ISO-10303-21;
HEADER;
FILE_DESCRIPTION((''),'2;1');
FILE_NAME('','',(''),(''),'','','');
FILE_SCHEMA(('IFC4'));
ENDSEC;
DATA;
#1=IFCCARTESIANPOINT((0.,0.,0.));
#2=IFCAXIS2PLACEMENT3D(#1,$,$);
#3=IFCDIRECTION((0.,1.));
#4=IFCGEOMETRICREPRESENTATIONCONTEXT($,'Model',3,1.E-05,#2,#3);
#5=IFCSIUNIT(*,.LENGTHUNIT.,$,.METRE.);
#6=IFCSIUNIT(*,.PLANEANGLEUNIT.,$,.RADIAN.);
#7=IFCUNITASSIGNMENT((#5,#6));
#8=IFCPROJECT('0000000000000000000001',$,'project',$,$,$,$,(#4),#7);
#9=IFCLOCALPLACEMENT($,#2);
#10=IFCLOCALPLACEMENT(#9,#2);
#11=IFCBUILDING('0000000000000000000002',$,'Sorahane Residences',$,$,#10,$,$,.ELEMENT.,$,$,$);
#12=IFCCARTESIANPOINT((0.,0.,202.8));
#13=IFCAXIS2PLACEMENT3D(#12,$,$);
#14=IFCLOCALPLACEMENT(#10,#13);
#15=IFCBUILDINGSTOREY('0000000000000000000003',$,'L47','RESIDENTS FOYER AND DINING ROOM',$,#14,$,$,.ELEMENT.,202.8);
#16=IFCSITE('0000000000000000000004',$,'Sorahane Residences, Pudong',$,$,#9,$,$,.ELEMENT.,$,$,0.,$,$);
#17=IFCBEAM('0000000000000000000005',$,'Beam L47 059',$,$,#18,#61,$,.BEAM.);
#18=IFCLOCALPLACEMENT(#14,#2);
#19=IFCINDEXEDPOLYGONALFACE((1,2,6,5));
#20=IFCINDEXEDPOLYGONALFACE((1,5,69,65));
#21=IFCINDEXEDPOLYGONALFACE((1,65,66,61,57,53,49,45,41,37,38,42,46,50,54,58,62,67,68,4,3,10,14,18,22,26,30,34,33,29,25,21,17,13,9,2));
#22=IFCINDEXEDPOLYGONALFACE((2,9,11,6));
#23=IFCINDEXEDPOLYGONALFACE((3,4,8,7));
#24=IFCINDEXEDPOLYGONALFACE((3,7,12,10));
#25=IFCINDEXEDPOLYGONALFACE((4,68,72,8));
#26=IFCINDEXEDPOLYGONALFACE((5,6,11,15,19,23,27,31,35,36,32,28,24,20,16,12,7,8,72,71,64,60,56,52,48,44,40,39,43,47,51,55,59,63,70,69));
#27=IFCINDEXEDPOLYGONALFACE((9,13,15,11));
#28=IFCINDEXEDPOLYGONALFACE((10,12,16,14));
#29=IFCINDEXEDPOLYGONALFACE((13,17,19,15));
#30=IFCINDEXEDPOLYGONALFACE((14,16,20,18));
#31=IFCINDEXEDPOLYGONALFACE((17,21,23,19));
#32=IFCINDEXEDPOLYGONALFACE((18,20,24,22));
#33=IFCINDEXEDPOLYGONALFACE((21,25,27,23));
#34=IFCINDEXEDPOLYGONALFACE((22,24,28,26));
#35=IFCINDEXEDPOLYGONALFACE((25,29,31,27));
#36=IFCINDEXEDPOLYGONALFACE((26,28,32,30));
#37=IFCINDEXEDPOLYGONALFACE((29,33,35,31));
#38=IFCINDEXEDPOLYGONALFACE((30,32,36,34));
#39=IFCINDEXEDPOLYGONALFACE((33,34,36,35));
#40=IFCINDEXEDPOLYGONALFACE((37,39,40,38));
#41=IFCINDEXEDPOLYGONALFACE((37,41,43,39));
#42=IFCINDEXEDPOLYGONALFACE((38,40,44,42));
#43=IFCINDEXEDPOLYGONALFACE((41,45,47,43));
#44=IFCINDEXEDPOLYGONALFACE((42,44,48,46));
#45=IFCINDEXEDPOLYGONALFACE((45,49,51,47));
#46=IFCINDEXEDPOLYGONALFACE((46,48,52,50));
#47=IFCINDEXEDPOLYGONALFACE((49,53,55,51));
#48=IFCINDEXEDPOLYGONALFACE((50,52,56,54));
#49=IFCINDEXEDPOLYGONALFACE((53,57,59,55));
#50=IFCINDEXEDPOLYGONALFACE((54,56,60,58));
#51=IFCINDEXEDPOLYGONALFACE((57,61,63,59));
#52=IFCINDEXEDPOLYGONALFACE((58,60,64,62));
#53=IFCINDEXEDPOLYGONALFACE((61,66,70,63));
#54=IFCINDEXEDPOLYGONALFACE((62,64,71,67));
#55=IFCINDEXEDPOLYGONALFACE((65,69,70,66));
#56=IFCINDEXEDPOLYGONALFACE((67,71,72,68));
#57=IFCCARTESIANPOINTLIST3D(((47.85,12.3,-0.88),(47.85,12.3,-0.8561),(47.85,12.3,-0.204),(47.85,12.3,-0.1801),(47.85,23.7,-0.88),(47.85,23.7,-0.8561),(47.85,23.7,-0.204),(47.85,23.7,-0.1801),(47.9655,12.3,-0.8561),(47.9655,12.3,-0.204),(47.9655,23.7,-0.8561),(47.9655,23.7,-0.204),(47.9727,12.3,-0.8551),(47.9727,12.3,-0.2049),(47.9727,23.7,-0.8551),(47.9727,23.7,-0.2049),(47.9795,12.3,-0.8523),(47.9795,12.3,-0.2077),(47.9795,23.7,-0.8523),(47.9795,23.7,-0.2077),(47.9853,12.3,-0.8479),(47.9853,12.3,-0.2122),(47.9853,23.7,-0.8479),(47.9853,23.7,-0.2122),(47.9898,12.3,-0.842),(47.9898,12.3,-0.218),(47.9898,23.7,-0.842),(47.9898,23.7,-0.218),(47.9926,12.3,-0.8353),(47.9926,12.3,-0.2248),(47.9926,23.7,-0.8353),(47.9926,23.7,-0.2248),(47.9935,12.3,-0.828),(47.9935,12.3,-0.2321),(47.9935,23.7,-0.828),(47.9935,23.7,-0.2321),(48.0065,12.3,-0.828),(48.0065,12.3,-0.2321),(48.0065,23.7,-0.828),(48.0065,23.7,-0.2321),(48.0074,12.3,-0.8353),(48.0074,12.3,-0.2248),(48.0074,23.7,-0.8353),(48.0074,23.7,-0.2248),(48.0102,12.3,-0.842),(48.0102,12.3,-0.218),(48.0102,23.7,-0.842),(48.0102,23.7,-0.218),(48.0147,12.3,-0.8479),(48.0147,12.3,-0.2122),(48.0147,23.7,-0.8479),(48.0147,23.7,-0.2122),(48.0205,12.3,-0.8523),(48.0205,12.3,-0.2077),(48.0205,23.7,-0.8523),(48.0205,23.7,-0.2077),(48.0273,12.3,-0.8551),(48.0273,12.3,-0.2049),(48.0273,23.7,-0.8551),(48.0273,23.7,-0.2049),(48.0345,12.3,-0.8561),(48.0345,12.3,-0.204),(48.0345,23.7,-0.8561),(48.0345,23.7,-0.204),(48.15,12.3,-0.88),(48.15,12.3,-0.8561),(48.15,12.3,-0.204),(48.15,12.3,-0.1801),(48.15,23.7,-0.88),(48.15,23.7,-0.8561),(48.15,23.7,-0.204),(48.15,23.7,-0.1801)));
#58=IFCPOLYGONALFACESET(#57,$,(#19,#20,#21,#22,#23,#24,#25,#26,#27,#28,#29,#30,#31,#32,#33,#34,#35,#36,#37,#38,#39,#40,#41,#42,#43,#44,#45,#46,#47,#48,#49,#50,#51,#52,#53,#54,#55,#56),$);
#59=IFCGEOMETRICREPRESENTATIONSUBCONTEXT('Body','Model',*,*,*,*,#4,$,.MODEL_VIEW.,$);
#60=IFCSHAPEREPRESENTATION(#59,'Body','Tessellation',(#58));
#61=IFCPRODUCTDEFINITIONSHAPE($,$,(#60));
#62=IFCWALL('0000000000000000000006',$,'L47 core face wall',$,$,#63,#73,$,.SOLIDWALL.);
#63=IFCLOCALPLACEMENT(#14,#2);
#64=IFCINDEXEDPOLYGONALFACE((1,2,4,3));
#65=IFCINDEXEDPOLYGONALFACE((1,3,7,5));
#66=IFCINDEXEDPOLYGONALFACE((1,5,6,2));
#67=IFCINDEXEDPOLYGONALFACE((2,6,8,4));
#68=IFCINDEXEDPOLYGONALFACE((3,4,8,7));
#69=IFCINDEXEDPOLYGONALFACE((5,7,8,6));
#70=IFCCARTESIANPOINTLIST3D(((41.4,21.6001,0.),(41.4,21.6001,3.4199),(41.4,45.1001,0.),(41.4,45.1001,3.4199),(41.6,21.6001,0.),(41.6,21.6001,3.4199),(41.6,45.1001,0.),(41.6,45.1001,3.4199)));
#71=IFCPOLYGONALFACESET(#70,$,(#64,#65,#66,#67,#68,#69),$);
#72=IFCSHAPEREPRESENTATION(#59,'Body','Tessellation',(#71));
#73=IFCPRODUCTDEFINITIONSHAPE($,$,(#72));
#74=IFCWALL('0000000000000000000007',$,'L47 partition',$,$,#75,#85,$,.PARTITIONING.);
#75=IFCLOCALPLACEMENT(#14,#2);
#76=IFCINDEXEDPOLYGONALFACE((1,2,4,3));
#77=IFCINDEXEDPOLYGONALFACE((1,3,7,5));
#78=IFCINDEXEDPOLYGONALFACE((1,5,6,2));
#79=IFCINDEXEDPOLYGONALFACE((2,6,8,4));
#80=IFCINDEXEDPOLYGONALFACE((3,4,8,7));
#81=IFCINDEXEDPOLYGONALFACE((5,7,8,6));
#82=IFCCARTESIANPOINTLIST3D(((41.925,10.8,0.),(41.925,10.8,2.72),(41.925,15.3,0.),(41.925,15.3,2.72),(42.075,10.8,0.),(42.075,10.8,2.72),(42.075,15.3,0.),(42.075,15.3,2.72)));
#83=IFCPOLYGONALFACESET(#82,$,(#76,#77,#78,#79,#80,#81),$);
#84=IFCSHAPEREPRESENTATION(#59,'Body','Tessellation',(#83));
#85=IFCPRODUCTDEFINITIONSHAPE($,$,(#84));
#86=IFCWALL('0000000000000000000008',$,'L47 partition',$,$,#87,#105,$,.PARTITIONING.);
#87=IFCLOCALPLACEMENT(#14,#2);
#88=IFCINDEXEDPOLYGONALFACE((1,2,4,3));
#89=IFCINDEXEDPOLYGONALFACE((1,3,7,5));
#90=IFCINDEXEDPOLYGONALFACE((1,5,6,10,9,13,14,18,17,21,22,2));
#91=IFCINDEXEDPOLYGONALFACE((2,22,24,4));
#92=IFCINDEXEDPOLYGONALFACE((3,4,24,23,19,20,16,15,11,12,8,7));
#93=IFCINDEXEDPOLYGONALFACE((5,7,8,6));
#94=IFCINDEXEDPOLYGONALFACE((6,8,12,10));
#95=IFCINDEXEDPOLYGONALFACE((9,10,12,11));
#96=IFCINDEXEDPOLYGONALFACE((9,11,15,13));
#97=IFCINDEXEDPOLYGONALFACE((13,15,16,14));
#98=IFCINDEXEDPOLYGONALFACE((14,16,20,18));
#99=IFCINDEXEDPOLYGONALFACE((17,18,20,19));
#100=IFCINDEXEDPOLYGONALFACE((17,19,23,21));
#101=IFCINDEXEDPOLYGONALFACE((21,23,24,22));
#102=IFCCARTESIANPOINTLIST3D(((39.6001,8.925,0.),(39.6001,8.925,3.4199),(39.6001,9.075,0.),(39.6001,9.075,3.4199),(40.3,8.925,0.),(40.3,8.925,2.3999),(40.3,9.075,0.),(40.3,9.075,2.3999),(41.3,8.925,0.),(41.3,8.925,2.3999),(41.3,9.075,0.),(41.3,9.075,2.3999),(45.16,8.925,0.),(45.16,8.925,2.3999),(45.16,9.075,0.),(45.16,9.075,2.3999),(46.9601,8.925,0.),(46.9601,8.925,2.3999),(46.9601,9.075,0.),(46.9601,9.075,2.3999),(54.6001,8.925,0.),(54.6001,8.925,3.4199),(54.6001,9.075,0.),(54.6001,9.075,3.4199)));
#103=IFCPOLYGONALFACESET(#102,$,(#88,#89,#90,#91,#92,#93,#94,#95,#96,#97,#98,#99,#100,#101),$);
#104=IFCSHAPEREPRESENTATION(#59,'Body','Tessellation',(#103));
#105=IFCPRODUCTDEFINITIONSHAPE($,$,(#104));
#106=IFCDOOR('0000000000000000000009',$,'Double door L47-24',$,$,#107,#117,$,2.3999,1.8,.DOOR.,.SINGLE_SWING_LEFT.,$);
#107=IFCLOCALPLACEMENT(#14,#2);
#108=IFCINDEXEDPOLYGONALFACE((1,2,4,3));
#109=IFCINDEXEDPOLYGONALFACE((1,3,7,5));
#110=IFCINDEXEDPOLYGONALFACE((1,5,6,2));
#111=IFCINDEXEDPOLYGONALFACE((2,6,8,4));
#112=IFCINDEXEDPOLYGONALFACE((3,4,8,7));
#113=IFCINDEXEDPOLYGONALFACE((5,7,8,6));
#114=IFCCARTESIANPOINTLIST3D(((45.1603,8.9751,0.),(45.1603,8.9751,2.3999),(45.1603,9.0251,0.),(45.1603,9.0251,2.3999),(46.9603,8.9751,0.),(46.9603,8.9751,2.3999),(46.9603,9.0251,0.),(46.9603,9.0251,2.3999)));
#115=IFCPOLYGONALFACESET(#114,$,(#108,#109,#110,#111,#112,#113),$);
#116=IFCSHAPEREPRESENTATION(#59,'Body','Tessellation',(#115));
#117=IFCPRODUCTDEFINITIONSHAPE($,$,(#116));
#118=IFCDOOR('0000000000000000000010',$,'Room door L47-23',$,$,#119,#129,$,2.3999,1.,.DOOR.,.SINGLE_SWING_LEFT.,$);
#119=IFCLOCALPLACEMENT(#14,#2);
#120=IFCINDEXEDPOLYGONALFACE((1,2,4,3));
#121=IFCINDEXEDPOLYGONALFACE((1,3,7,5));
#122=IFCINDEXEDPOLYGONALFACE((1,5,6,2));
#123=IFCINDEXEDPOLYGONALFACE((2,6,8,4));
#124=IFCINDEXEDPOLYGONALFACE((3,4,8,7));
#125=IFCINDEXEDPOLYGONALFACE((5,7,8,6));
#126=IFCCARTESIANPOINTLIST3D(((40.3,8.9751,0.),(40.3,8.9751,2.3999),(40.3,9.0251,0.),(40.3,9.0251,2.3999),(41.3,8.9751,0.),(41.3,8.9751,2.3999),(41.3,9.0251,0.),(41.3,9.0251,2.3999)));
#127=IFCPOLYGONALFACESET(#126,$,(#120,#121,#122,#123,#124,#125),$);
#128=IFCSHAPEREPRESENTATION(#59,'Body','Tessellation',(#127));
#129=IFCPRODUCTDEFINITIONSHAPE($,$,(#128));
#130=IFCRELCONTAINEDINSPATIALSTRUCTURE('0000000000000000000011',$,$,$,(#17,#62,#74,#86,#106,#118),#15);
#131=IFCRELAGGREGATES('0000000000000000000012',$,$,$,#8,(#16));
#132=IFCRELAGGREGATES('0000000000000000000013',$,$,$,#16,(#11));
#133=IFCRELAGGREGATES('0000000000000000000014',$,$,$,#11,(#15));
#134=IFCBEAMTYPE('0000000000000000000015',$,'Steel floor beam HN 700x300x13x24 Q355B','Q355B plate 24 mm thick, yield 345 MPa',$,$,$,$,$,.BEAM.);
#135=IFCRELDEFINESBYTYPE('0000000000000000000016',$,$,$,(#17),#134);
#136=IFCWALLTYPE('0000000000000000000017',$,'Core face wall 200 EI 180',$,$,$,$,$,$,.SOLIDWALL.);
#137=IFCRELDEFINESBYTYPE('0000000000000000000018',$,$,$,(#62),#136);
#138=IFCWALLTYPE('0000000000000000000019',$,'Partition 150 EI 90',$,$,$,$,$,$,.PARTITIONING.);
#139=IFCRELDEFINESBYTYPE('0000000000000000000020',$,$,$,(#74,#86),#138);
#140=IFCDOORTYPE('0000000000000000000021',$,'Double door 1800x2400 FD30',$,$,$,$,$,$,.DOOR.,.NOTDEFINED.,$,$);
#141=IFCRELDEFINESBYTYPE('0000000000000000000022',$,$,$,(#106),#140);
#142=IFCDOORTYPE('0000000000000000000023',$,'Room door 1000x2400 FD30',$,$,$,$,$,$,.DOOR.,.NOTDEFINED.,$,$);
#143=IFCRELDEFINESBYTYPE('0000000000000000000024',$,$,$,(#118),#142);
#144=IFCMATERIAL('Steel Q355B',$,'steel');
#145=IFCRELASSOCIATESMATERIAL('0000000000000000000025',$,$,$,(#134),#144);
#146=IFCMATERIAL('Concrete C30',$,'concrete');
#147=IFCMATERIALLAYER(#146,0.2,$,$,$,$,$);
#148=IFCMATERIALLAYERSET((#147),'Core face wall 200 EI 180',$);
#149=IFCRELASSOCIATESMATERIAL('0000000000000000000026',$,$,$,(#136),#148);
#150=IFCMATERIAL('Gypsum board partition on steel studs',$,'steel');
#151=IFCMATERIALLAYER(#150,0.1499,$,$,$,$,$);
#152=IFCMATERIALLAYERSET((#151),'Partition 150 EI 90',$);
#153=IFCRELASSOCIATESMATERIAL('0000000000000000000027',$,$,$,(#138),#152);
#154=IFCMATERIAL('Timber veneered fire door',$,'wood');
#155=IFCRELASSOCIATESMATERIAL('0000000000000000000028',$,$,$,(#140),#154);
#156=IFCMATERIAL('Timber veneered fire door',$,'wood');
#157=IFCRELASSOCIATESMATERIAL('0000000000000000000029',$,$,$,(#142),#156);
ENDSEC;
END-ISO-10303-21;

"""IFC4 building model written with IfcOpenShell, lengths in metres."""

from ifc_helpers import new_model, si_unit, direction, frame, frame_2d, origin, origin_2d, place, context, subcontext, project, spatial, rectangle, i_section, extrude, material, layer, layer_set, material_profile, profile_set, type_object, element, fill, save


model = new_model("IFC4")

# Units and contexts
model_context = context("Model", 3, precision=1e-05, world=origin(), true_north=direction((0.0, 1.0)))
body_context = subcontext(model_context, "Body", "Model", "MODEL_VIEW")
ifc_project = project(units=[si_unit("LENGTHUNIT", "METRE"), si_unit("PLANEANGLEUNIT", "RADIAN")], contexts=[model_context])

# Site, building, storey
site_placement = place(None, origin())
site = spatial("IfcSite", under=ifc_project, at=site_placement, Name="Sorahane Residences, Pudong", CompositionType="ELEMENT", RefElevation=0.0)
building_placement = place(site_placement, origin())
building = spatial("IfcBuilding", under=site, at=building_placement, Name="Sorahane Residences", CompositionType="ELEMENT")
storey_placement = place(building_placement, frame((0.0, 0.0, 202.8)))
storey = spatial("IfcBuildingStorey", under=building, at=storey_placement, Name="L47", Description="RESIDENTS FOYER AND DINING ROOM", CompositionType="ELEMENT", Elevation=202.8)

# Beam
ifc_material_1 = material(Name="Steel Q355B", Category="steel")
ifc_material_profile_1 = material_profile(ifc_material_1, i_section(OverallWidth=0.3, OverallDepth=0.7, WebThickness=0.0129, FlangeThickness=0.0239, FilletRadius=0.0281, at=origin_2d()), Name="HN 700x300x13x24")
ifc_profile_set_1 = profile_set([ifc_material_profile_1], Name="Steel Q355B")
beam_type_1 = type_object("IfcBeamType", Name="Steel floor beam HN 700x300x13x24 Q355B", Description="Q355B plate 24 mm thick, yield 345 MPa", PredefinedType="BEAM", material=ifc_profile_set_1)
beam_1_placement = place(storey_placement, frame((48.0, 12.3, -0.53), z_axis=(0.0, 1.0, 0.0), x_axis=(-1.0, 0.0, 0.0)))
element("IfcBeam", 1, at=beam_1_placement, inside=storey, type_object=beam_type_1, Name="Beam L47 059", PredefinedType="BEAM", context=body_context, shape_type="SweptSolid", body=[
    extrude(i_section(OverallWidth=0.3, OverallDepth=0.7, WebThickness=0.0129, FlangeThickness=0.0239, FilletRadius=0.0281, at=origin_2d()), origin(), (0.0, 0.0, 1.0), 11.3999),
])

# Walls
ifc_material_2 = material(Name="Concrete C30", Category="concrete")
ifc_layer_1 = layer(ifc_material_2, 0.2)
ifc_layer_set_1 = layer_set([ifc_layer_1], Name="Core face wall 200 EI 180")
wall_type_1 = type_object("IfcWallType", Name="Core face wall 200 EI 180", PredefinedType="SOLIDWALL", material=ifc_layer_set_1)
wall_1_placement = place(storey_placement, frame((41.5, 21.6001, 0.0), z_axis=(0.0, 0.0, 1.0), x_axis=(0.0, 1.0, 0.0)))
element("IfcWall", 2, at=wall_1_placement, inside=storey, type_object=wall_type_1, Name="L47 core face wall", PredefinedType="SOLIDWALL", context=body_context, shape_type="SweptSolid", body=[
    extrude(rectangle(XDim=23.5, YDim=0.2, at=frame_2d((11.75, 0.0))), origin(), (0.0, 0.0, 1.0), 3.4199),
])
ifc_material_3 = material(Name="Gypsum board partition on steel studs", Category="steel")
ifc_layer_2 = layer(ifc_material_3, 0.1499)
ifc_layer_set_2 = layer_set([ifc_layer_2], Name="Partition 150 EI 90")
wall_type_2 = type_object("IfcWallType", Name="Partition 150 EI 90", PredefinedType="PARTITIONING", material=ifc_layer_set_2)
wall_2_placement = place(storey_placement, frame((42.0, 10.8, 0.0), z_axis=(0.0, 0.0, 1.0), x_axis=(0.0, 1.0, 0.0)))
element("IfcWall", 3, at=wall_2_placement, inside=storey, type_object=wall_type_2, Name="L47 partition", PredefinedType="PARTITIONING", context=body_context, shape_type="SweptSolid", body=[
    extrude(rectangle(XDim=4.5, YDim=0.1499, at=frame_2d((2.25, 0.0))), origin(), (0.0, 0.0, 1.0), 2.72),
])

# Wall, openings, doors
wall_3_placement = place(storey_placement, frame((39.6001, 9.0, 0.0), z_axis=(0.0, 0.0, 1.0), x_axis=(1.0, 0.0, 0.0)))
wall_3 = element("IfcWall", 4, at=wall_3_placement, inside=storey, type_object=wall_type_2, Name="L47 partition", PredefinedType="PARTITIONING", context=body_context, shape_type="SweptSolid", body=[
    extrude(rectangle(XDim=15.0, YDim=0.1499, at=frame_2d((7.5, 0.0))), origin(), (0.0, 0.0, 1.0), 3.4199),
])
opening_1_placement = place(wall_3_placement, frame((0.7, 0.0, 0.0)))
opening_1 = element("IfcOpeningElement", 5, at=opening_1_placement, cuts=wall_3, PredefinedType="OPENING", context=body_context, shape_type="SweptSolid", body=[
    extrude(rectangle(XDim=1.0, YDim=2.3999, at=frame_2d((0.5, 1.2))), frame((0.0, 0.085, 0.0), z_axis=(0.0, -1.0, 0.0), x_axis=(1.0, 0.0, 0.0)), (0.0, 0.0, 1.0), 0.1699),
])
opening_2_placement = place(wall_3_placement, frame((5.5601, 0.0, 0.0)))
opening_2 = element("IfcOpeningElement", 6, at=opening_2_placement, cuts=wall_3, PredefinedType="OPENING", context=body_context, shape_type="SweptSolid", body=[
    extrude(rectangle(XDim=1.8, YDim=2.3999, at=frame_2d((0.8999, 1.2))), frame((0.0, 0.085, 0.0), z_axis=(0.0, -1.0, 0.0), x_axis=(1.0, 0.0, 0.0)), (0.0, 0.0, 1.0), 0.1699),
])
ifc_material_4 = material(Name="Timber veneered fire door", Category="wood")
door_type_1 = type_object("IfcDoorType", Name="Double door 1800x2400 FD30", OperationType="NOTDEFINED", PredefinedType="DOOR", material=ifc_material_4)
door_1_placement = place(opening_2_placement, frame((1.8, 0.0, 0.0), z_axis=(0.0, 0.0, 1.0), x_axis=(-1.0, 0.0, 0.0)))
door_1 = element("IfcDoor", 7, at=door_1_placement, inside=storey, type_object=door_type_1, Name="Double door L47-24", OperationType="SINGLE_SWING_LEFT", OverallHeight=2.3999, OverallWidth=1.8, PredefinedType="DOOR", context=body_context, shape_type="SweptSolid", body=[
    extrude(rectangle(XDim=1.8, YDim=2.3999, at=frame_2d((0.8999, 1.2))), frame((0.0, 0.0249, 0.0), z_axis=(0.0, -1.0, 0.0), x_axis=(1.0, 0.0, 0.0)), (0.0, 0.0, 1.0), 0.05),
])
fill(opening_2, door_1)
ifc_material_5 = material(Name="Timber veneered fire door", Category="wood")
door_type_2 = type_object("IfcDoorType", Name="Room door 1000x2400 FD30", OperationType="NOTDEFINED", PredefinedType="DOOR", material=ifc_material_5)
door_2_placement = place(opening_1_placement, frame((1.0, 0.0, 0.0), z_axis=(0.0, 0.0, 1.0), x_axis=(-1.0, 0.0, 0.0)))
door_2 = element("IfcDoor", 8, at=door_2_placement, inside=storey, type_object=door_type_2, Name="Room door L47-23", OperationType="SINGLE_SWING_LEFT", OverallHeight=2.3999, OverallWidth=1.0, PredefinedType="DOOR", context=body_context, shape_type="SweptSolid", body=[
    extrude(rectangle(XDim=1.0, YDim=2.3999, at=frame_2d((0.5, 1.2))), frame((0.0, 0.0249, 0.0), z_axis=(0.0, -1.0, 0.0), x_axis=(1.0, 0.0, 0.0)), (0.0, 0.0, 1.0), 0.05),
])
fill(opening_1, door_2)

save(model, "model.ifc")
